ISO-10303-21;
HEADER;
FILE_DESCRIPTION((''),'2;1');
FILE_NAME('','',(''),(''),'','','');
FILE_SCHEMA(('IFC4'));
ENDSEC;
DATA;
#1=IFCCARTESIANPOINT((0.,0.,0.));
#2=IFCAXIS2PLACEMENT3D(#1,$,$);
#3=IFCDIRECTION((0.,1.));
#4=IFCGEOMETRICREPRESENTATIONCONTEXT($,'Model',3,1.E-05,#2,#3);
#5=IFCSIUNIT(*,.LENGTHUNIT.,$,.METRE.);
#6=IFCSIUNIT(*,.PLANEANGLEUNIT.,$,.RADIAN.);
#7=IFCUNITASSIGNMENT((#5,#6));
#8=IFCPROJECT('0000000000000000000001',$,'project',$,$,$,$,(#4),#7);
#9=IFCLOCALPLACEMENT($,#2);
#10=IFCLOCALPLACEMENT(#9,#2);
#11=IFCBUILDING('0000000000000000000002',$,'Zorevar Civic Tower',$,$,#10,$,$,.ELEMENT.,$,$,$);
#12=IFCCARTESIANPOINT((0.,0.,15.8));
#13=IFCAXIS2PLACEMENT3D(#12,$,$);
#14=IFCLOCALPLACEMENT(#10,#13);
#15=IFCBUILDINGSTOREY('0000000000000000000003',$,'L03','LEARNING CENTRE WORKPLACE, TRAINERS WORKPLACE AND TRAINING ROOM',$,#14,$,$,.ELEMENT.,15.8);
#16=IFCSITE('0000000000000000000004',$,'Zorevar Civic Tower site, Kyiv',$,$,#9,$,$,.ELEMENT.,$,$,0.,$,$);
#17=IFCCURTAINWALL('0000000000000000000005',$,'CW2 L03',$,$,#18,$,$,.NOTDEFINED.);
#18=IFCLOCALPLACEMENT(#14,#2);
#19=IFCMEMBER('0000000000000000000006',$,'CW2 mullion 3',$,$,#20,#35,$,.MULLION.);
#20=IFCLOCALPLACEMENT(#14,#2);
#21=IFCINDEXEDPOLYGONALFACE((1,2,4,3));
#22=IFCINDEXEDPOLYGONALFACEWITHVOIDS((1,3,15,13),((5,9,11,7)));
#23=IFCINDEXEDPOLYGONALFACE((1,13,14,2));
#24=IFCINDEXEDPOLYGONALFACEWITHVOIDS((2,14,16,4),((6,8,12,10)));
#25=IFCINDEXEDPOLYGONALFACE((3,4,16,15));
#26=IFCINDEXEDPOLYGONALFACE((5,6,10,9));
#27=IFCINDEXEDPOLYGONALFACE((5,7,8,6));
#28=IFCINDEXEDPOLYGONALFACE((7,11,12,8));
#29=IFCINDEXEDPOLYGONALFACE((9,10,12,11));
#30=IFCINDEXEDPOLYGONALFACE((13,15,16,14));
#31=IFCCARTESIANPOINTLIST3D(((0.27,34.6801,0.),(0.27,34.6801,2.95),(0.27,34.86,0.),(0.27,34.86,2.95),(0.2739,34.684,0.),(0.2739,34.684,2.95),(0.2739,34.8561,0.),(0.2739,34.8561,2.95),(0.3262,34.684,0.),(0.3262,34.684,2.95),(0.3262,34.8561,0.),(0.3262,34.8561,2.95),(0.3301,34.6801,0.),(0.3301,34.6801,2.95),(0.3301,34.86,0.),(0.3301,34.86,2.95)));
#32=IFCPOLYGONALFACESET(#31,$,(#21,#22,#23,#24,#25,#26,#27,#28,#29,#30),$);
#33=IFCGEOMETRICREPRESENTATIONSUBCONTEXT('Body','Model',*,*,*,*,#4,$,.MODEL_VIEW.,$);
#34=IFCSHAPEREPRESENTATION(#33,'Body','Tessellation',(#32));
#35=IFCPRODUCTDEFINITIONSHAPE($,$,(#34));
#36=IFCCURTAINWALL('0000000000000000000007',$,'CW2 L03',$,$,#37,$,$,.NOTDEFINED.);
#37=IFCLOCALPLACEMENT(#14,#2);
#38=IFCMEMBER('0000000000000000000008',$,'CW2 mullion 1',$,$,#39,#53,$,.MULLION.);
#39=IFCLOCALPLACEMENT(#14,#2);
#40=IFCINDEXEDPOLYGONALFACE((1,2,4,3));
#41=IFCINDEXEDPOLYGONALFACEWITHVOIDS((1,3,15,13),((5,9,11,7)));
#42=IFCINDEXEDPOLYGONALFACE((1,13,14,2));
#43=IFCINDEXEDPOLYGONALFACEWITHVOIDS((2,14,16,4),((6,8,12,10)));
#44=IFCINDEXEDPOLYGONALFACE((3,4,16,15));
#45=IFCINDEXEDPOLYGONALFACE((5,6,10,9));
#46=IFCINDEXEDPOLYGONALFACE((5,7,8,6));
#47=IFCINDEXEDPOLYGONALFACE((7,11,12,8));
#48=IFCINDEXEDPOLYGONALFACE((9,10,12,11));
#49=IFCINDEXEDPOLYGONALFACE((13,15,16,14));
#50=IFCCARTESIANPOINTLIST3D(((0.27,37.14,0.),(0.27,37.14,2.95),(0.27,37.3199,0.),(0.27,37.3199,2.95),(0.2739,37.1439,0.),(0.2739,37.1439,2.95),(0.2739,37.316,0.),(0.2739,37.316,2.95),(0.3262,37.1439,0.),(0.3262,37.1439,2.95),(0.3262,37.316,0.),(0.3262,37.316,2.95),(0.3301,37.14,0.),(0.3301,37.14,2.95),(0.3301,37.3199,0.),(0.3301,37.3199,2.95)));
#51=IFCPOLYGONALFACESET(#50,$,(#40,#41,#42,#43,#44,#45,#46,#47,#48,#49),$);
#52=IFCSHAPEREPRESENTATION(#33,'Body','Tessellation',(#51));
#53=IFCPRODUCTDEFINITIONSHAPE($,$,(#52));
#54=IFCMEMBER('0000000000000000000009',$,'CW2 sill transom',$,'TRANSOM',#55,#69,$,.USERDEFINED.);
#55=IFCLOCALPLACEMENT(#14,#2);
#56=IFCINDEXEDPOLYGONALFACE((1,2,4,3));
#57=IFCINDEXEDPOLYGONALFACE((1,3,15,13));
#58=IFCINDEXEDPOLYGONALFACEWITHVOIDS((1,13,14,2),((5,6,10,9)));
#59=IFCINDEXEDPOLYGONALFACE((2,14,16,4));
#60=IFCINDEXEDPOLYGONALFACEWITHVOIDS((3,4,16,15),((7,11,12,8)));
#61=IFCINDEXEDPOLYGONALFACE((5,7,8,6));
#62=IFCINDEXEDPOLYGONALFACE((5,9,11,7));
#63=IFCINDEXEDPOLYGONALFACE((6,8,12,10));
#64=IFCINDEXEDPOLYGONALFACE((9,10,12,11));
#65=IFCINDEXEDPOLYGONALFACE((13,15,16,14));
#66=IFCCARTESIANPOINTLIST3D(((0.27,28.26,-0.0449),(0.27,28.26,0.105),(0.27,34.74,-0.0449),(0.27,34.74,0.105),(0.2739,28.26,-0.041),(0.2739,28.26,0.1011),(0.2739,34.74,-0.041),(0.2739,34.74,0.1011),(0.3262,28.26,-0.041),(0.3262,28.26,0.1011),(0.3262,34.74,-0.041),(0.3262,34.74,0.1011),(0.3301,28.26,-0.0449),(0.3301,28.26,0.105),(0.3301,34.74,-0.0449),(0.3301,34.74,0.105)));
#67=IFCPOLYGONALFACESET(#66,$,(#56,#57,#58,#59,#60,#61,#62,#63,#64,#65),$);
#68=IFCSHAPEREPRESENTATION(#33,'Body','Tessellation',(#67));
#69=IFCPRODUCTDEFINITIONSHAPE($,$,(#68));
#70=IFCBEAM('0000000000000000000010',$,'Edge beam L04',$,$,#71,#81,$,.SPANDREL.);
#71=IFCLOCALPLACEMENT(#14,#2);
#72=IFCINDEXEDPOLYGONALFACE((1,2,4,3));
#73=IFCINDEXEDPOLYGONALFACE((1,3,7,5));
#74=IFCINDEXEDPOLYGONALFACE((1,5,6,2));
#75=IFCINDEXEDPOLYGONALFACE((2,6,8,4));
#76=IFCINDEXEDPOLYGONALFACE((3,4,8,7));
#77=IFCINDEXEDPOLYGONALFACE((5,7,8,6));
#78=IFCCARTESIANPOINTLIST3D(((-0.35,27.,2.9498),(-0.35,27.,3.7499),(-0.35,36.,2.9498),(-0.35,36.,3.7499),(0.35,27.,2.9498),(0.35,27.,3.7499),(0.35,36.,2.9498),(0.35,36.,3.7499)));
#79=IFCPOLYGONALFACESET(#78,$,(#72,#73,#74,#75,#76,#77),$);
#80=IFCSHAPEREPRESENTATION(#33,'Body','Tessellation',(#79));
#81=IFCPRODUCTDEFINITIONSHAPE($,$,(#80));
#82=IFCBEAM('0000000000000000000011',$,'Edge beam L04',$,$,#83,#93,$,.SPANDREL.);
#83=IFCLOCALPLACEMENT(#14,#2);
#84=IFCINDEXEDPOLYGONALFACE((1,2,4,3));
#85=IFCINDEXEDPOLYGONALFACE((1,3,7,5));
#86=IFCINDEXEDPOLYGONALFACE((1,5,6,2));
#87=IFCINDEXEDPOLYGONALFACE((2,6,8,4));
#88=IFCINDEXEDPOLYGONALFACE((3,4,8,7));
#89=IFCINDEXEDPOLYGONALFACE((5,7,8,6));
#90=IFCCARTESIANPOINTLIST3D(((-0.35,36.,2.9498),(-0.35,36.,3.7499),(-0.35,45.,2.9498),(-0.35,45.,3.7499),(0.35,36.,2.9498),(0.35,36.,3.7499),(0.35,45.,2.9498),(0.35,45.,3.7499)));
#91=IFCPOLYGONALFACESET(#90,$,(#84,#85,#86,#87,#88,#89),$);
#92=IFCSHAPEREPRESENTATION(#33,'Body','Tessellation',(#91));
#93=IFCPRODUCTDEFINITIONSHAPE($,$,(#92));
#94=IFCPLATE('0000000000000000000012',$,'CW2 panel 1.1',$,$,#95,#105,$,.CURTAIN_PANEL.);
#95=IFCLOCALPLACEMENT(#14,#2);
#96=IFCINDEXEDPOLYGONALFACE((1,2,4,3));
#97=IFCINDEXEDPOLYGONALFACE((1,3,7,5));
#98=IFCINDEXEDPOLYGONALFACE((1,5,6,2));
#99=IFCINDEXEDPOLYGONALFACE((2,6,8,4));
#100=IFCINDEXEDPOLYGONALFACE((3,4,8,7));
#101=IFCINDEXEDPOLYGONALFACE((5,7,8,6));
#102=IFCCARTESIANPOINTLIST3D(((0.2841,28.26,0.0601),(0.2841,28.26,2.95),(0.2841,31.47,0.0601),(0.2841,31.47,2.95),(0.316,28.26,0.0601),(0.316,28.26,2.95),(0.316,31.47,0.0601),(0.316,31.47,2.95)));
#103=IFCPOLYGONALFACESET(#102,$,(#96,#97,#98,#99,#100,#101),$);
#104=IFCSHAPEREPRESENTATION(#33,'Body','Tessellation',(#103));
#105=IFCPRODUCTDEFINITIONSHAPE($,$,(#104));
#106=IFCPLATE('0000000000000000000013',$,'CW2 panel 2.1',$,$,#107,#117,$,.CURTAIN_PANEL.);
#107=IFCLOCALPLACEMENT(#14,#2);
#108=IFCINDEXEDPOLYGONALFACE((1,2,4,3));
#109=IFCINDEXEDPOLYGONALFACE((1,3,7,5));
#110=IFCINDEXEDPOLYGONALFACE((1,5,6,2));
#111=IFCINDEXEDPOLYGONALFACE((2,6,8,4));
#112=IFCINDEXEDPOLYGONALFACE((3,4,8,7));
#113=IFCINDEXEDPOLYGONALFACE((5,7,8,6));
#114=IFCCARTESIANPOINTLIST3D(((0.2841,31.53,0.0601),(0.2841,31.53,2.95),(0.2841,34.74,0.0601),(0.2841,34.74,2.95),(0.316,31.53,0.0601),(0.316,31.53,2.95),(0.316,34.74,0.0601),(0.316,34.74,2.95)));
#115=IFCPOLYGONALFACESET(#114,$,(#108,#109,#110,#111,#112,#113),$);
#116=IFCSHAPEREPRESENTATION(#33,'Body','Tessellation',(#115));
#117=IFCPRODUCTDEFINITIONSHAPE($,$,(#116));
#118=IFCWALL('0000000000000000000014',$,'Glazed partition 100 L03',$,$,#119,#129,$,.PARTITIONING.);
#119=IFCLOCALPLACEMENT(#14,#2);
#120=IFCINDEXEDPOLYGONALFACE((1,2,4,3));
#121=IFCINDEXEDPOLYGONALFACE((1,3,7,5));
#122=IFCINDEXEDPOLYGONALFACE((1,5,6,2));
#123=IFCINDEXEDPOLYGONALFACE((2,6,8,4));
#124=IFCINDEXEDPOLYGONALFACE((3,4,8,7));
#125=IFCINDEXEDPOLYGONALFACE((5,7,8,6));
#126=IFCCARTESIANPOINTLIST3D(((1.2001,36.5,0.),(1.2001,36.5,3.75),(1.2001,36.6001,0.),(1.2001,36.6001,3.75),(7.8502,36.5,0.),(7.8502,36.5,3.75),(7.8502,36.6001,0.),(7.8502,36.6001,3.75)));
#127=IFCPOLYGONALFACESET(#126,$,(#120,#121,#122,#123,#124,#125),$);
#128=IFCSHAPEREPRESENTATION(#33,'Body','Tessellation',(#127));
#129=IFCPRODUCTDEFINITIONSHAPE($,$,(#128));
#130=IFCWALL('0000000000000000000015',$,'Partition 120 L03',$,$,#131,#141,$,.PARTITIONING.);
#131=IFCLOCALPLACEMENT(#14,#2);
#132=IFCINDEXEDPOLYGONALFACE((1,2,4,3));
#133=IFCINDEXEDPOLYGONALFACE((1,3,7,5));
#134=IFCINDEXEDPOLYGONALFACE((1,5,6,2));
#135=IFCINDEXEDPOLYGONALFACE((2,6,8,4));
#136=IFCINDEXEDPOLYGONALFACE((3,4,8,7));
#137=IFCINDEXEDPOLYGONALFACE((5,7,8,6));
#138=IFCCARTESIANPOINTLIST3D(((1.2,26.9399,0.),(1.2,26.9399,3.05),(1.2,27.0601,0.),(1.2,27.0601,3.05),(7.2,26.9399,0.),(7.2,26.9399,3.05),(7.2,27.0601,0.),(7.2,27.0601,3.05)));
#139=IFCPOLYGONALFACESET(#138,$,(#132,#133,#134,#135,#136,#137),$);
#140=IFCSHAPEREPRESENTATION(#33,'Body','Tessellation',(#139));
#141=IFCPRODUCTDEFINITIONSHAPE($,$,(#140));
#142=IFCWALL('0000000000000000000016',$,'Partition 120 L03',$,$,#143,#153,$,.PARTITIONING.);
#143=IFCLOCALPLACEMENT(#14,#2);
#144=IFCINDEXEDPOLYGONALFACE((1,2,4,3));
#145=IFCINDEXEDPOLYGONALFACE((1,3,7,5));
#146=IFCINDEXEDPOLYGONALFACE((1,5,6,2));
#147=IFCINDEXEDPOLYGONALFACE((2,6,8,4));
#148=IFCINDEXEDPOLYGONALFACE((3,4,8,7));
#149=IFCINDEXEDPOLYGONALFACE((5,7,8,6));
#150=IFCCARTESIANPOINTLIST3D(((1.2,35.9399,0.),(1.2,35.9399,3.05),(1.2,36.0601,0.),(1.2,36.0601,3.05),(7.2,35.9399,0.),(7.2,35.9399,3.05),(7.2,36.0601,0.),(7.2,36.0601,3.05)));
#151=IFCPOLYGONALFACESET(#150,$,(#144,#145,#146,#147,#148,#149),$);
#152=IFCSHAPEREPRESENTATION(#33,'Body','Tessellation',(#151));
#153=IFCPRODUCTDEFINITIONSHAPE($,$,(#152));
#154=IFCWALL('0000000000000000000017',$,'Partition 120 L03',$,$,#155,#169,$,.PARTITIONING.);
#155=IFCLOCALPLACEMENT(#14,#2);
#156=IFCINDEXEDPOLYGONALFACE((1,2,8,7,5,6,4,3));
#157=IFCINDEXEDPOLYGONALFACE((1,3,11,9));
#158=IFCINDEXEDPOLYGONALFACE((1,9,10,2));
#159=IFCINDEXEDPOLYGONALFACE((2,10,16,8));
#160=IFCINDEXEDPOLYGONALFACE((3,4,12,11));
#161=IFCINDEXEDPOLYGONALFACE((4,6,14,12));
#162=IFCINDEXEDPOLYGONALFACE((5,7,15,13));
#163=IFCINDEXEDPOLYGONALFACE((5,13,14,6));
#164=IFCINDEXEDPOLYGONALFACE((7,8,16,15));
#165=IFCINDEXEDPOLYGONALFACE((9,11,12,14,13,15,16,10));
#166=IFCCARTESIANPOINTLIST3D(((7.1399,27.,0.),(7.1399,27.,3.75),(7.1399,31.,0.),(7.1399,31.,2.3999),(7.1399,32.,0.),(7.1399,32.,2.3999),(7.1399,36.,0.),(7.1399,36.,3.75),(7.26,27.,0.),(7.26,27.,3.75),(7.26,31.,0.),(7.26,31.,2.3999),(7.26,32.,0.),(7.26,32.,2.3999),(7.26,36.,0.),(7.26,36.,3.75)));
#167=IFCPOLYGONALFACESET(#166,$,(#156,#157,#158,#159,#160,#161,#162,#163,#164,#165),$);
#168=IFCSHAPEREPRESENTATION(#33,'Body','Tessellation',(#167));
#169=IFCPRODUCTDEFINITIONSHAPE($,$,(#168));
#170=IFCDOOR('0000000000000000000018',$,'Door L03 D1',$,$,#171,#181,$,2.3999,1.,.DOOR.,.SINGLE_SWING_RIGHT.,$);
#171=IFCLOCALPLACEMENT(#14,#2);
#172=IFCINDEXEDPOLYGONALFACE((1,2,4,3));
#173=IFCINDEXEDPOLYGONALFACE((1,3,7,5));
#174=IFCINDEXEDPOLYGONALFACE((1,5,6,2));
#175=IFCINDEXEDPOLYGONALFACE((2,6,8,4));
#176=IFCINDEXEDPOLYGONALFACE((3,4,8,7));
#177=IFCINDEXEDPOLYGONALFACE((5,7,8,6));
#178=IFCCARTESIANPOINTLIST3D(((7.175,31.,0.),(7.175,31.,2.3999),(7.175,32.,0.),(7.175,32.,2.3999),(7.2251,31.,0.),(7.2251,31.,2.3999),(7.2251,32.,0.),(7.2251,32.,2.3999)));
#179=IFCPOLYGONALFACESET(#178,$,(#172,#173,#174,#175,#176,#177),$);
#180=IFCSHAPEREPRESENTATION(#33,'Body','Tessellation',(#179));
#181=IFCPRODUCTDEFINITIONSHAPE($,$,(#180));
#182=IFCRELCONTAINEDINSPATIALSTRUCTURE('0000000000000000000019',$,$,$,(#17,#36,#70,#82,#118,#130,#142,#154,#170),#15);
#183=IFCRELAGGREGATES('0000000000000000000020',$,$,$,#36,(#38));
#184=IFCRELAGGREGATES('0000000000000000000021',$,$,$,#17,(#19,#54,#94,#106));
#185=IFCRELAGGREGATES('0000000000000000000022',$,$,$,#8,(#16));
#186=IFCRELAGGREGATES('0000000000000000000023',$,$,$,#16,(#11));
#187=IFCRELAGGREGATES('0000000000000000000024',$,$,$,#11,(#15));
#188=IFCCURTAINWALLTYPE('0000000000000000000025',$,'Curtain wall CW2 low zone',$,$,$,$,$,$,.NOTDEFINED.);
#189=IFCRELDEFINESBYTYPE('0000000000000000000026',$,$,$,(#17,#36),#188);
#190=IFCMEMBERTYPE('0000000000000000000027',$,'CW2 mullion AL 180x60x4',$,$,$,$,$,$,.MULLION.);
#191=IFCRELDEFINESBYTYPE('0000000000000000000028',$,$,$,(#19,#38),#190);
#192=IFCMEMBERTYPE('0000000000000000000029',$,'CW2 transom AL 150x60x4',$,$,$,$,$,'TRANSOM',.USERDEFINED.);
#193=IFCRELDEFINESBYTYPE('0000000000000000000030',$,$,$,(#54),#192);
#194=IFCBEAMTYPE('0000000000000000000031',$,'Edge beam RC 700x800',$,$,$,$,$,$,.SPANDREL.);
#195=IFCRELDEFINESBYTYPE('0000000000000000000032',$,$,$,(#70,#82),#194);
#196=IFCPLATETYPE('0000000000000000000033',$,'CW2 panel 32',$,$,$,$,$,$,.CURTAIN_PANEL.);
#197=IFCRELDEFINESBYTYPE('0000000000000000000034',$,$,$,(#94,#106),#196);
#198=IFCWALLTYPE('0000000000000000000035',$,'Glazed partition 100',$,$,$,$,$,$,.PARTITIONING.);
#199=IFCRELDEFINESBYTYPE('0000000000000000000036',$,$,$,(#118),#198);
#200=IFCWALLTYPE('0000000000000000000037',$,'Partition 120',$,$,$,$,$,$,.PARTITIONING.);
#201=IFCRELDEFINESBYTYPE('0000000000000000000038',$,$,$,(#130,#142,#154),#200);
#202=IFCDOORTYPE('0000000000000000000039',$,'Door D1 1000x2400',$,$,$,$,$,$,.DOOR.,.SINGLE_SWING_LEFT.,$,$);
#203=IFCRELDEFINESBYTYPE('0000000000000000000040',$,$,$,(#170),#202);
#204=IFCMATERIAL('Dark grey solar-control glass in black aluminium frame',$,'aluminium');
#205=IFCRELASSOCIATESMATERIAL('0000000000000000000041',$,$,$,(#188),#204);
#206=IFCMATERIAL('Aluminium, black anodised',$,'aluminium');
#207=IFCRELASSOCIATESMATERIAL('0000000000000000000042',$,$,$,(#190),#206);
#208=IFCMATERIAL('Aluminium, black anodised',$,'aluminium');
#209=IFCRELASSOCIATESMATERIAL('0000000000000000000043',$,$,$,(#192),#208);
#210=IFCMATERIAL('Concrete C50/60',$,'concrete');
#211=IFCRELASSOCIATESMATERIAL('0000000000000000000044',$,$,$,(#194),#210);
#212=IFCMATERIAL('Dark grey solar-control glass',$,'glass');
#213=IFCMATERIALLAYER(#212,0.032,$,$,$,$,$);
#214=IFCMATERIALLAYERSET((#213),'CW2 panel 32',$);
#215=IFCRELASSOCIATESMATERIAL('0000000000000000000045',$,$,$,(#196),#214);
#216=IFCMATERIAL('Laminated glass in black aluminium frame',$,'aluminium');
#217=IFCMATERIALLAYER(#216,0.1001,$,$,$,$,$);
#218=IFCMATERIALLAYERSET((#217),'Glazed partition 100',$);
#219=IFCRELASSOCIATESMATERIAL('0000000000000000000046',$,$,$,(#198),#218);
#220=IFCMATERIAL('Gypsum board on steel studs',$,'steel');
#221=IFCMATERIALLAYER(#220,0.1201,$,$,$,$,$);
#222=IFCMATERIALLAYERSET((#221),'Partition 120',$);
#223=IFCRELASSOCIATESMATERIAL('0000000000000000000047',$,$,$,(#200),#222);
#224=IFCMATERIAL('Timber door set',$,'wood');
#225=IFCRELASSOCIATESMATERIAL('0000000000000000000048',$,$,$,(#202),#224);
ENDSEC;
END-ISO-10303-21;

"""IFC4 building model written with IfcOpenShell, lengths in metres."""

from ifc_helpers import new_model, si_unit, direction, frame, frame_2d, origin, origin_2d, place, context, subcontext, project, spatial, rectangle, hollow_rectangle, extrude, material, layer, layer_set, material_profile, profile_set, type_object, element, fill, aggregate, save


model = new_model("IFC4")

# Units and contexts
model_context = context("Model", 3, precision=1e-05, world=origin(), true_north=direction((0.0, 1.0)))
body_context = subcontext(model_context, "Body", "Model", "MODEL_VIEW")
ifc_project = project(units=[si_unit("LENGTHUNIT", "METRE"), si_unit("PLANEANGLEUNIT", "RADIAN")], contexts=[model_context])

# Site, building, storey
site_placement = place(None, origin())
site = spatial("IfcSite", under=ifc_project, at=site_placement, Name="Zorevar Civic Tower site, Kyiv", CompositionType="ELEMENT", RefElevation=0.0)
building_placement = place(site_placement, origin())
building = spatial("IfcBuilding", under=site, at=building_placement, Name="Zorevar Civic Tower", CompositionType="ELEMENT")
storey_placement = place(building_placement, frame((0.0, 0.0, 15.8)))
storey = spatial("IfcBuildingStorey", under=building, at=storey_placement, Name="L03", Description="LEARNING CENTRE WORKPLACE, TRAINERS WORKPLACE AND TRAINING ROOM", CompositionType="ELEMENT", Elevation=15.8)

# Curtain wall, member
ifc_material_1 = material(Name="Dark grey solar-control glass in black aluminium frame", Category="aluminium")
curtain_wall_type = type_object("IfcCurtainWallType", Name="Curtain wall CW2 low zone", PredefinedType="NOTDEFINED", material=ifc_material_1)
curtain_wall_1_placement = place(storey_placement, origin())
curtain_wall_1 = element("IfcCurtainWall", 1, at=curtain_wall_1_placement, inside=storey, type_object=curtain_wall_type, Name="CW2 L03", PredefinedType="NOTDEFINED")
ifc_material_2 = material(Name="Aluminium, black anodised", Category="aluminium")
ifc_material_profile_1 = material_profile(ifc_material_2, hollow_rectangle(XDim=0.0601, YDim=0.1799, WallThickness=0.0039, at=origin_2d()), Name="AL 180x60x4")
ifc_profile_set_1 = profile_set([ifc_material_profile_1], Name="Aluminium, black anodised")
member_type_1 = type_object("IfcMemberType", Name="CW2 mullion AL 180x60x4", PredefinedType="MULLION", material=ifc_profile_set_1)
member_1_placement = place(storey_placement, frame((0.3, 34.77, 0.0), z_axis=(0.0, 0.0, 1.0), x_axis=(-1.0, 0.0, 0.0)))
member_1 = element("IfcMember", 2, at=member_1_placement, type_object=member_type_1, Name="CW2 mullion 3", PredefinedType="MULLION", context=body_context, shape_type="SweptSolid", body=[
    extrude(hollow_rectangle(XDim=0.0601, YDim=0.1799, WallThickness=0.0039, at=origin_2d()), origin(), (0.0, 0.0, 1.0), 2.95),
])

# Curtain wall, member
curtain_wall_2_placement = place(storey_placement, origin())
curtain_wall_2 = element("IfcCurtainWall", 3, at=curtain_wall_2_placement, inside=storey, type_object=curtain_wall_type, Name="CW2 L03", PredefinedType="NOTDEFINED")
member_2_placement = place(storey_placement, frame((0.3, 37.23, 0.0), z_axis=(0.0, 0.0, 1.0), x_axis=(-1.0, 0.0, 0.0)))
member_2 = element("IfcMember", 4, at=member_2_placement, type_object=member_type_1, Name="CW2 mullion 1", PredefinedType="MULLION", context=body_context, shape_type="SweptSolid", body=[
    extrude(hollow_rectangle(XDim=0.0601, YDim=0.1799, WallThickness=0.0039, at=origin_2d()), origin(), (0.0, 0.0, 1.0), 2.95),
])
aggregate(curtain_wall_2, [member_2])

# Member
ifc_material_3 = material(Name="Aluminium, black anodised", Category="aluminium")
ifc_material_profile_2 = material_profile(ifc_material_3, hollow_rectangle(XDim=0.0601, YDim=0.1499, WallThickness=0.0039, at=origin_2d()), Name="AL 150x60x4")
ifc_profile_set_2 = profile_set([ifc_material_profile_2], Name="Aluminium, black anodised")
member_type_2 = type_object("IfcMemberType", Name="CW2 transom AL 150x60x4", ElementType="TRANSOM", PredefinedType="USERDEFINED", material=ifc_profile_set_2)
member_3_placement = place(storey_placement, frame((0.3, 28.26, 0.03), z_axis=(0.0, 1.0, 0.0), x_axis=(-1.0, 0.0, 0.0)))
member_3 = element("IfcMember", 5, at=member_3_placement, type_object=member_type_2, Name="CW2 sill transom", ObjectType="TRANSOM", PredefinedType="USERDEFINED", context=body_context, shape_type="SweptSolid", body=[
    extrude(hollow_rectangle(XDim=0.0601, YDim=0.1499, WallThickness=0.0039, at=origin_2d()), origin(), (0.0, 0.0, 1.0), 6.48),
])

# Beams
ifc_material_4 = material(Name="Concrete C50/60", Category="concrete")
ifc_material_profile_3 = material_profile(ifc_material_4, rectangle(XDim=0.7, YDim=0.8, at=origin_2d()), Name="RC 700x800")
ifc_profile_set_3 = profile_set([ifc_material_profile_3], Name="Concrete C50/60")
beam_type_1 = type_object("IfcBeamType", Name="Edge beam RC 700x800", PredefinedType="SPANDREL", material=ifc_profile_set_3)
for number, where, z_axis, x_axis, name in (
    (6, (0.0, 27.0, 3.3499), (0.0, 1.0, 0.0), (-1.0, 0.0, 0.0), "Edge beam L04"),
    (7, (0.0, 36.0, 3.3499), (0.0, 1.0, 0.0), (-1.0, 0.0, 0.0), "Edge beam L04"),
):
    element("IfcBeam", number, at=place(storey_placement, frame(where, z_axis=z_axis, x_axis=x_axis)), inside=storey, type_object=beam_type_1, Name=name, PredefinedType="SPANDREL", context=body_context, shape_type="SweptSolid", body=[
        extrude(rectangle(XDim=0.7, YDim=0.8, at=origin_2d()), origin(), (0.0, 0.0, 1.0), 9.0),
    ])

# Plates
ifc_material_5 = material(Name="Dark grey solar-control glass", Category="glass")
ifc_layer_1 = layer(ifc_material_5, 0.032)
ifc_layer_set_1 = layer_set([ifc_layer_1], Name="CW2 panel 32")
plate_type = type_object("IfcPlateType", Name="CW2 panel 32", PredefinedType="CURTAIN_PANEL", material=ifc_layer_set_1)
plate_1_placement = place(storey_placement, frame((0.3, 29.865, 0.0601), z_axis=(0.0, 0.0, 1.0), x_axis=(0.0, 1.0, 0.0)))
plate_1 = element("IfcPlate", 8, at=plate_1_placement, type_object=plate_type, Name="CW2 panel 1.1", PredefinedType="CURTAIN_PANEL", context=body_context, shape_type="SweptSolid", body=[
    extrude(rectangle(XDim=3.21, YDim=0.032, at=origin_2d()), origin(), (0.0, 0.0, 1.0), 2.8899),
])
plate_2_placement = place(storey_placement, frame((0.3, 33.135, 0.0601), z_axis=(0.0, 0.0, 1.0), x_axis=(0.0, 1.0, 0.0)))
plate_2 = element("IfcPlate", 9, at=plate_2_placement, type_object=plate_type, Name="CW2 panel 2.1", PredefinedType="CURTAIN_PANEL", context=body_context, shape_type="SweptSolid", body=[
    extrude(rectangle(XDim=3.21, YDim=0.032, at=origin_2d()), origin(), (0.0, 0.0, 1.0), 2.8899),
])
aggregate(curtain_wall_1, [member_1, member_3, plate_1, plate_2])

# Walls
ifc_material_6 = material(Name="Laminated glass in black aluminium frame", Category="aluminium")
ifc_layer_2 = layer(ifc_material_6, 0.1001)
ifc_layer_set_2 = layer_set([ifc_layer_2], Name="Glazed partition 100")
wall_type_1 = type_object("IfcWallType", Name="Glazed partition 100", PredefinedType="PARTITIONING", material=ifc_layer_set_2)
wall_1_placement = place(storey_placement, frame((1.2, 36.55, 0.0), z_axis=(0.0, 0.0, 1.0), x_axis=(1.0, 0.0, 0.0)))
element("IfcWall", 10, at=wall_1_placement, inside=storey, type_object=wall_type_1, Name="Glazed partition 100 L03", PredefinedType="PARTITIONING", context=body_context, shape_type="SweptSolid", body=[
    extrude(rectangle(XDim=6.6501, YDim=0.1001, at=frame_2d((3.3252, 0.0))), origin(), (0.0, 0.0, 1.0), 3.75),
])
ifc_material_7 = material(Name="Gypsum board on steel studs", Category="steel")
ifc_layer_3 = layer(ifc_material_7, 0.1201)
ifc_layer_set_3 = layer_set([ifc_layer_3], Name="Partition 120")
wall_type_2 = type_object("IfcWallType", Name="Partition 120", PredefinedType="PARTITIONING", material=ifc_layer_set_3)
for number, where, z_axis, x_axis, name in (
    (11, (1.2, 27.0, 0.0), (0.0, 0.0, 1.0), (1.0, 0.0, 0.0), "Partition 120 L03"),
    (12, (1.2, 36.0, 0.0), (0.0, 0.0, 1.0), (1.0, 0.0, 0.0), "Partition 120 L03"),
):
    element("IfcWall", number, at=place(storey_placement, frame(where, z_axis=z_axis, x_axis=x_axis)), inside=storey, type_object=wall_type_2, Name=name, PredefinedType="PARTITIONING", context=body_context, shape_type="SweptSolid", body=[
        extrude(rectangle(XDim=6.0, YDim=0.1201, at=frame_2d((3.0, 0.0))), origin(), (0.0, 0.0, 1.0), 3.05),
    ])

# Wall, opening, door
wall_2_placement = place(storey_placement, frame((7.2, 27.0, 0.0), z_axis=(0.0, 0.0, 1.0), x_axis=(0.0, 1.0, 0.0)))
wall_2 = element("IfcWall", 13, at=wall_2_placement, inside=storey, type_object=wall_type_2, Name="Partition 120 L03", PredefinedType="PARTITIONING", context=body_context, shape_type="SweptSolid", body=[
    extrude(rectangle(XDim=9.0, YDim=0.1201, at=frame_2d((4.5, 0.0))), origin(), (0.0, 0.0, 1.0), 3.75),
])
opening_1_placement = place(wall_2_placement, frame((4.0, 0.0, 0.0)))
opening_1 = element("IfcOpeningElement", 14, at=opening_1_placement, cuts=wall_2, PredefinedType="OPENING", context=body_context, shape_type="SweptSolid", body=[
    extrude(rectangle(XDim=1.0, YDim=2.3999, at=frame_2d((0.5, 1.2))), frame((0.0, 0.0701, 0.0), z_axis=(0.0, -1.0, 0.0), x_axis=(1.0, 0.0, 0.0)), (0.0, 0.0, 1.0), 0.1401),
])
ifc_material_8 = material(Name="Timber door set", Category="wood")
door_type_1 = type_object("IfcDoorType", Name="Door D1 1000x2400", OperationType="SINGLE_SWING_LEFT", PredefinedType="DOOR", material=ifc_material_8)
door_1_placement = place(opening_1_placement, origin())
door_1 = element("IfcDoor", 15, at=door_1_placement, inside=storey, type_object=door_type_1, Name="Door L03 D1", OperationType="SINGLE_SWING_RIGHT", OverallHeight=2.3999, OverallWidth=1.0, PredefinedType="DOOR", context=body_context, shape_type="SweptSolid", body=[
    extrude(rectangle(XDim=1.0, YDim=2.3999, at=frame_2d((0.5, 1.2))), frame((0.0, 0.0249, 0.0), z_axis=(0.0, -1.0, 0.0), x_axis=(1.0, 0.0, 0.0)), (0.0, 0.0, 1.0), 0.05),
])
fill(opening_1, door_1)

save(model, "model.ifc")
